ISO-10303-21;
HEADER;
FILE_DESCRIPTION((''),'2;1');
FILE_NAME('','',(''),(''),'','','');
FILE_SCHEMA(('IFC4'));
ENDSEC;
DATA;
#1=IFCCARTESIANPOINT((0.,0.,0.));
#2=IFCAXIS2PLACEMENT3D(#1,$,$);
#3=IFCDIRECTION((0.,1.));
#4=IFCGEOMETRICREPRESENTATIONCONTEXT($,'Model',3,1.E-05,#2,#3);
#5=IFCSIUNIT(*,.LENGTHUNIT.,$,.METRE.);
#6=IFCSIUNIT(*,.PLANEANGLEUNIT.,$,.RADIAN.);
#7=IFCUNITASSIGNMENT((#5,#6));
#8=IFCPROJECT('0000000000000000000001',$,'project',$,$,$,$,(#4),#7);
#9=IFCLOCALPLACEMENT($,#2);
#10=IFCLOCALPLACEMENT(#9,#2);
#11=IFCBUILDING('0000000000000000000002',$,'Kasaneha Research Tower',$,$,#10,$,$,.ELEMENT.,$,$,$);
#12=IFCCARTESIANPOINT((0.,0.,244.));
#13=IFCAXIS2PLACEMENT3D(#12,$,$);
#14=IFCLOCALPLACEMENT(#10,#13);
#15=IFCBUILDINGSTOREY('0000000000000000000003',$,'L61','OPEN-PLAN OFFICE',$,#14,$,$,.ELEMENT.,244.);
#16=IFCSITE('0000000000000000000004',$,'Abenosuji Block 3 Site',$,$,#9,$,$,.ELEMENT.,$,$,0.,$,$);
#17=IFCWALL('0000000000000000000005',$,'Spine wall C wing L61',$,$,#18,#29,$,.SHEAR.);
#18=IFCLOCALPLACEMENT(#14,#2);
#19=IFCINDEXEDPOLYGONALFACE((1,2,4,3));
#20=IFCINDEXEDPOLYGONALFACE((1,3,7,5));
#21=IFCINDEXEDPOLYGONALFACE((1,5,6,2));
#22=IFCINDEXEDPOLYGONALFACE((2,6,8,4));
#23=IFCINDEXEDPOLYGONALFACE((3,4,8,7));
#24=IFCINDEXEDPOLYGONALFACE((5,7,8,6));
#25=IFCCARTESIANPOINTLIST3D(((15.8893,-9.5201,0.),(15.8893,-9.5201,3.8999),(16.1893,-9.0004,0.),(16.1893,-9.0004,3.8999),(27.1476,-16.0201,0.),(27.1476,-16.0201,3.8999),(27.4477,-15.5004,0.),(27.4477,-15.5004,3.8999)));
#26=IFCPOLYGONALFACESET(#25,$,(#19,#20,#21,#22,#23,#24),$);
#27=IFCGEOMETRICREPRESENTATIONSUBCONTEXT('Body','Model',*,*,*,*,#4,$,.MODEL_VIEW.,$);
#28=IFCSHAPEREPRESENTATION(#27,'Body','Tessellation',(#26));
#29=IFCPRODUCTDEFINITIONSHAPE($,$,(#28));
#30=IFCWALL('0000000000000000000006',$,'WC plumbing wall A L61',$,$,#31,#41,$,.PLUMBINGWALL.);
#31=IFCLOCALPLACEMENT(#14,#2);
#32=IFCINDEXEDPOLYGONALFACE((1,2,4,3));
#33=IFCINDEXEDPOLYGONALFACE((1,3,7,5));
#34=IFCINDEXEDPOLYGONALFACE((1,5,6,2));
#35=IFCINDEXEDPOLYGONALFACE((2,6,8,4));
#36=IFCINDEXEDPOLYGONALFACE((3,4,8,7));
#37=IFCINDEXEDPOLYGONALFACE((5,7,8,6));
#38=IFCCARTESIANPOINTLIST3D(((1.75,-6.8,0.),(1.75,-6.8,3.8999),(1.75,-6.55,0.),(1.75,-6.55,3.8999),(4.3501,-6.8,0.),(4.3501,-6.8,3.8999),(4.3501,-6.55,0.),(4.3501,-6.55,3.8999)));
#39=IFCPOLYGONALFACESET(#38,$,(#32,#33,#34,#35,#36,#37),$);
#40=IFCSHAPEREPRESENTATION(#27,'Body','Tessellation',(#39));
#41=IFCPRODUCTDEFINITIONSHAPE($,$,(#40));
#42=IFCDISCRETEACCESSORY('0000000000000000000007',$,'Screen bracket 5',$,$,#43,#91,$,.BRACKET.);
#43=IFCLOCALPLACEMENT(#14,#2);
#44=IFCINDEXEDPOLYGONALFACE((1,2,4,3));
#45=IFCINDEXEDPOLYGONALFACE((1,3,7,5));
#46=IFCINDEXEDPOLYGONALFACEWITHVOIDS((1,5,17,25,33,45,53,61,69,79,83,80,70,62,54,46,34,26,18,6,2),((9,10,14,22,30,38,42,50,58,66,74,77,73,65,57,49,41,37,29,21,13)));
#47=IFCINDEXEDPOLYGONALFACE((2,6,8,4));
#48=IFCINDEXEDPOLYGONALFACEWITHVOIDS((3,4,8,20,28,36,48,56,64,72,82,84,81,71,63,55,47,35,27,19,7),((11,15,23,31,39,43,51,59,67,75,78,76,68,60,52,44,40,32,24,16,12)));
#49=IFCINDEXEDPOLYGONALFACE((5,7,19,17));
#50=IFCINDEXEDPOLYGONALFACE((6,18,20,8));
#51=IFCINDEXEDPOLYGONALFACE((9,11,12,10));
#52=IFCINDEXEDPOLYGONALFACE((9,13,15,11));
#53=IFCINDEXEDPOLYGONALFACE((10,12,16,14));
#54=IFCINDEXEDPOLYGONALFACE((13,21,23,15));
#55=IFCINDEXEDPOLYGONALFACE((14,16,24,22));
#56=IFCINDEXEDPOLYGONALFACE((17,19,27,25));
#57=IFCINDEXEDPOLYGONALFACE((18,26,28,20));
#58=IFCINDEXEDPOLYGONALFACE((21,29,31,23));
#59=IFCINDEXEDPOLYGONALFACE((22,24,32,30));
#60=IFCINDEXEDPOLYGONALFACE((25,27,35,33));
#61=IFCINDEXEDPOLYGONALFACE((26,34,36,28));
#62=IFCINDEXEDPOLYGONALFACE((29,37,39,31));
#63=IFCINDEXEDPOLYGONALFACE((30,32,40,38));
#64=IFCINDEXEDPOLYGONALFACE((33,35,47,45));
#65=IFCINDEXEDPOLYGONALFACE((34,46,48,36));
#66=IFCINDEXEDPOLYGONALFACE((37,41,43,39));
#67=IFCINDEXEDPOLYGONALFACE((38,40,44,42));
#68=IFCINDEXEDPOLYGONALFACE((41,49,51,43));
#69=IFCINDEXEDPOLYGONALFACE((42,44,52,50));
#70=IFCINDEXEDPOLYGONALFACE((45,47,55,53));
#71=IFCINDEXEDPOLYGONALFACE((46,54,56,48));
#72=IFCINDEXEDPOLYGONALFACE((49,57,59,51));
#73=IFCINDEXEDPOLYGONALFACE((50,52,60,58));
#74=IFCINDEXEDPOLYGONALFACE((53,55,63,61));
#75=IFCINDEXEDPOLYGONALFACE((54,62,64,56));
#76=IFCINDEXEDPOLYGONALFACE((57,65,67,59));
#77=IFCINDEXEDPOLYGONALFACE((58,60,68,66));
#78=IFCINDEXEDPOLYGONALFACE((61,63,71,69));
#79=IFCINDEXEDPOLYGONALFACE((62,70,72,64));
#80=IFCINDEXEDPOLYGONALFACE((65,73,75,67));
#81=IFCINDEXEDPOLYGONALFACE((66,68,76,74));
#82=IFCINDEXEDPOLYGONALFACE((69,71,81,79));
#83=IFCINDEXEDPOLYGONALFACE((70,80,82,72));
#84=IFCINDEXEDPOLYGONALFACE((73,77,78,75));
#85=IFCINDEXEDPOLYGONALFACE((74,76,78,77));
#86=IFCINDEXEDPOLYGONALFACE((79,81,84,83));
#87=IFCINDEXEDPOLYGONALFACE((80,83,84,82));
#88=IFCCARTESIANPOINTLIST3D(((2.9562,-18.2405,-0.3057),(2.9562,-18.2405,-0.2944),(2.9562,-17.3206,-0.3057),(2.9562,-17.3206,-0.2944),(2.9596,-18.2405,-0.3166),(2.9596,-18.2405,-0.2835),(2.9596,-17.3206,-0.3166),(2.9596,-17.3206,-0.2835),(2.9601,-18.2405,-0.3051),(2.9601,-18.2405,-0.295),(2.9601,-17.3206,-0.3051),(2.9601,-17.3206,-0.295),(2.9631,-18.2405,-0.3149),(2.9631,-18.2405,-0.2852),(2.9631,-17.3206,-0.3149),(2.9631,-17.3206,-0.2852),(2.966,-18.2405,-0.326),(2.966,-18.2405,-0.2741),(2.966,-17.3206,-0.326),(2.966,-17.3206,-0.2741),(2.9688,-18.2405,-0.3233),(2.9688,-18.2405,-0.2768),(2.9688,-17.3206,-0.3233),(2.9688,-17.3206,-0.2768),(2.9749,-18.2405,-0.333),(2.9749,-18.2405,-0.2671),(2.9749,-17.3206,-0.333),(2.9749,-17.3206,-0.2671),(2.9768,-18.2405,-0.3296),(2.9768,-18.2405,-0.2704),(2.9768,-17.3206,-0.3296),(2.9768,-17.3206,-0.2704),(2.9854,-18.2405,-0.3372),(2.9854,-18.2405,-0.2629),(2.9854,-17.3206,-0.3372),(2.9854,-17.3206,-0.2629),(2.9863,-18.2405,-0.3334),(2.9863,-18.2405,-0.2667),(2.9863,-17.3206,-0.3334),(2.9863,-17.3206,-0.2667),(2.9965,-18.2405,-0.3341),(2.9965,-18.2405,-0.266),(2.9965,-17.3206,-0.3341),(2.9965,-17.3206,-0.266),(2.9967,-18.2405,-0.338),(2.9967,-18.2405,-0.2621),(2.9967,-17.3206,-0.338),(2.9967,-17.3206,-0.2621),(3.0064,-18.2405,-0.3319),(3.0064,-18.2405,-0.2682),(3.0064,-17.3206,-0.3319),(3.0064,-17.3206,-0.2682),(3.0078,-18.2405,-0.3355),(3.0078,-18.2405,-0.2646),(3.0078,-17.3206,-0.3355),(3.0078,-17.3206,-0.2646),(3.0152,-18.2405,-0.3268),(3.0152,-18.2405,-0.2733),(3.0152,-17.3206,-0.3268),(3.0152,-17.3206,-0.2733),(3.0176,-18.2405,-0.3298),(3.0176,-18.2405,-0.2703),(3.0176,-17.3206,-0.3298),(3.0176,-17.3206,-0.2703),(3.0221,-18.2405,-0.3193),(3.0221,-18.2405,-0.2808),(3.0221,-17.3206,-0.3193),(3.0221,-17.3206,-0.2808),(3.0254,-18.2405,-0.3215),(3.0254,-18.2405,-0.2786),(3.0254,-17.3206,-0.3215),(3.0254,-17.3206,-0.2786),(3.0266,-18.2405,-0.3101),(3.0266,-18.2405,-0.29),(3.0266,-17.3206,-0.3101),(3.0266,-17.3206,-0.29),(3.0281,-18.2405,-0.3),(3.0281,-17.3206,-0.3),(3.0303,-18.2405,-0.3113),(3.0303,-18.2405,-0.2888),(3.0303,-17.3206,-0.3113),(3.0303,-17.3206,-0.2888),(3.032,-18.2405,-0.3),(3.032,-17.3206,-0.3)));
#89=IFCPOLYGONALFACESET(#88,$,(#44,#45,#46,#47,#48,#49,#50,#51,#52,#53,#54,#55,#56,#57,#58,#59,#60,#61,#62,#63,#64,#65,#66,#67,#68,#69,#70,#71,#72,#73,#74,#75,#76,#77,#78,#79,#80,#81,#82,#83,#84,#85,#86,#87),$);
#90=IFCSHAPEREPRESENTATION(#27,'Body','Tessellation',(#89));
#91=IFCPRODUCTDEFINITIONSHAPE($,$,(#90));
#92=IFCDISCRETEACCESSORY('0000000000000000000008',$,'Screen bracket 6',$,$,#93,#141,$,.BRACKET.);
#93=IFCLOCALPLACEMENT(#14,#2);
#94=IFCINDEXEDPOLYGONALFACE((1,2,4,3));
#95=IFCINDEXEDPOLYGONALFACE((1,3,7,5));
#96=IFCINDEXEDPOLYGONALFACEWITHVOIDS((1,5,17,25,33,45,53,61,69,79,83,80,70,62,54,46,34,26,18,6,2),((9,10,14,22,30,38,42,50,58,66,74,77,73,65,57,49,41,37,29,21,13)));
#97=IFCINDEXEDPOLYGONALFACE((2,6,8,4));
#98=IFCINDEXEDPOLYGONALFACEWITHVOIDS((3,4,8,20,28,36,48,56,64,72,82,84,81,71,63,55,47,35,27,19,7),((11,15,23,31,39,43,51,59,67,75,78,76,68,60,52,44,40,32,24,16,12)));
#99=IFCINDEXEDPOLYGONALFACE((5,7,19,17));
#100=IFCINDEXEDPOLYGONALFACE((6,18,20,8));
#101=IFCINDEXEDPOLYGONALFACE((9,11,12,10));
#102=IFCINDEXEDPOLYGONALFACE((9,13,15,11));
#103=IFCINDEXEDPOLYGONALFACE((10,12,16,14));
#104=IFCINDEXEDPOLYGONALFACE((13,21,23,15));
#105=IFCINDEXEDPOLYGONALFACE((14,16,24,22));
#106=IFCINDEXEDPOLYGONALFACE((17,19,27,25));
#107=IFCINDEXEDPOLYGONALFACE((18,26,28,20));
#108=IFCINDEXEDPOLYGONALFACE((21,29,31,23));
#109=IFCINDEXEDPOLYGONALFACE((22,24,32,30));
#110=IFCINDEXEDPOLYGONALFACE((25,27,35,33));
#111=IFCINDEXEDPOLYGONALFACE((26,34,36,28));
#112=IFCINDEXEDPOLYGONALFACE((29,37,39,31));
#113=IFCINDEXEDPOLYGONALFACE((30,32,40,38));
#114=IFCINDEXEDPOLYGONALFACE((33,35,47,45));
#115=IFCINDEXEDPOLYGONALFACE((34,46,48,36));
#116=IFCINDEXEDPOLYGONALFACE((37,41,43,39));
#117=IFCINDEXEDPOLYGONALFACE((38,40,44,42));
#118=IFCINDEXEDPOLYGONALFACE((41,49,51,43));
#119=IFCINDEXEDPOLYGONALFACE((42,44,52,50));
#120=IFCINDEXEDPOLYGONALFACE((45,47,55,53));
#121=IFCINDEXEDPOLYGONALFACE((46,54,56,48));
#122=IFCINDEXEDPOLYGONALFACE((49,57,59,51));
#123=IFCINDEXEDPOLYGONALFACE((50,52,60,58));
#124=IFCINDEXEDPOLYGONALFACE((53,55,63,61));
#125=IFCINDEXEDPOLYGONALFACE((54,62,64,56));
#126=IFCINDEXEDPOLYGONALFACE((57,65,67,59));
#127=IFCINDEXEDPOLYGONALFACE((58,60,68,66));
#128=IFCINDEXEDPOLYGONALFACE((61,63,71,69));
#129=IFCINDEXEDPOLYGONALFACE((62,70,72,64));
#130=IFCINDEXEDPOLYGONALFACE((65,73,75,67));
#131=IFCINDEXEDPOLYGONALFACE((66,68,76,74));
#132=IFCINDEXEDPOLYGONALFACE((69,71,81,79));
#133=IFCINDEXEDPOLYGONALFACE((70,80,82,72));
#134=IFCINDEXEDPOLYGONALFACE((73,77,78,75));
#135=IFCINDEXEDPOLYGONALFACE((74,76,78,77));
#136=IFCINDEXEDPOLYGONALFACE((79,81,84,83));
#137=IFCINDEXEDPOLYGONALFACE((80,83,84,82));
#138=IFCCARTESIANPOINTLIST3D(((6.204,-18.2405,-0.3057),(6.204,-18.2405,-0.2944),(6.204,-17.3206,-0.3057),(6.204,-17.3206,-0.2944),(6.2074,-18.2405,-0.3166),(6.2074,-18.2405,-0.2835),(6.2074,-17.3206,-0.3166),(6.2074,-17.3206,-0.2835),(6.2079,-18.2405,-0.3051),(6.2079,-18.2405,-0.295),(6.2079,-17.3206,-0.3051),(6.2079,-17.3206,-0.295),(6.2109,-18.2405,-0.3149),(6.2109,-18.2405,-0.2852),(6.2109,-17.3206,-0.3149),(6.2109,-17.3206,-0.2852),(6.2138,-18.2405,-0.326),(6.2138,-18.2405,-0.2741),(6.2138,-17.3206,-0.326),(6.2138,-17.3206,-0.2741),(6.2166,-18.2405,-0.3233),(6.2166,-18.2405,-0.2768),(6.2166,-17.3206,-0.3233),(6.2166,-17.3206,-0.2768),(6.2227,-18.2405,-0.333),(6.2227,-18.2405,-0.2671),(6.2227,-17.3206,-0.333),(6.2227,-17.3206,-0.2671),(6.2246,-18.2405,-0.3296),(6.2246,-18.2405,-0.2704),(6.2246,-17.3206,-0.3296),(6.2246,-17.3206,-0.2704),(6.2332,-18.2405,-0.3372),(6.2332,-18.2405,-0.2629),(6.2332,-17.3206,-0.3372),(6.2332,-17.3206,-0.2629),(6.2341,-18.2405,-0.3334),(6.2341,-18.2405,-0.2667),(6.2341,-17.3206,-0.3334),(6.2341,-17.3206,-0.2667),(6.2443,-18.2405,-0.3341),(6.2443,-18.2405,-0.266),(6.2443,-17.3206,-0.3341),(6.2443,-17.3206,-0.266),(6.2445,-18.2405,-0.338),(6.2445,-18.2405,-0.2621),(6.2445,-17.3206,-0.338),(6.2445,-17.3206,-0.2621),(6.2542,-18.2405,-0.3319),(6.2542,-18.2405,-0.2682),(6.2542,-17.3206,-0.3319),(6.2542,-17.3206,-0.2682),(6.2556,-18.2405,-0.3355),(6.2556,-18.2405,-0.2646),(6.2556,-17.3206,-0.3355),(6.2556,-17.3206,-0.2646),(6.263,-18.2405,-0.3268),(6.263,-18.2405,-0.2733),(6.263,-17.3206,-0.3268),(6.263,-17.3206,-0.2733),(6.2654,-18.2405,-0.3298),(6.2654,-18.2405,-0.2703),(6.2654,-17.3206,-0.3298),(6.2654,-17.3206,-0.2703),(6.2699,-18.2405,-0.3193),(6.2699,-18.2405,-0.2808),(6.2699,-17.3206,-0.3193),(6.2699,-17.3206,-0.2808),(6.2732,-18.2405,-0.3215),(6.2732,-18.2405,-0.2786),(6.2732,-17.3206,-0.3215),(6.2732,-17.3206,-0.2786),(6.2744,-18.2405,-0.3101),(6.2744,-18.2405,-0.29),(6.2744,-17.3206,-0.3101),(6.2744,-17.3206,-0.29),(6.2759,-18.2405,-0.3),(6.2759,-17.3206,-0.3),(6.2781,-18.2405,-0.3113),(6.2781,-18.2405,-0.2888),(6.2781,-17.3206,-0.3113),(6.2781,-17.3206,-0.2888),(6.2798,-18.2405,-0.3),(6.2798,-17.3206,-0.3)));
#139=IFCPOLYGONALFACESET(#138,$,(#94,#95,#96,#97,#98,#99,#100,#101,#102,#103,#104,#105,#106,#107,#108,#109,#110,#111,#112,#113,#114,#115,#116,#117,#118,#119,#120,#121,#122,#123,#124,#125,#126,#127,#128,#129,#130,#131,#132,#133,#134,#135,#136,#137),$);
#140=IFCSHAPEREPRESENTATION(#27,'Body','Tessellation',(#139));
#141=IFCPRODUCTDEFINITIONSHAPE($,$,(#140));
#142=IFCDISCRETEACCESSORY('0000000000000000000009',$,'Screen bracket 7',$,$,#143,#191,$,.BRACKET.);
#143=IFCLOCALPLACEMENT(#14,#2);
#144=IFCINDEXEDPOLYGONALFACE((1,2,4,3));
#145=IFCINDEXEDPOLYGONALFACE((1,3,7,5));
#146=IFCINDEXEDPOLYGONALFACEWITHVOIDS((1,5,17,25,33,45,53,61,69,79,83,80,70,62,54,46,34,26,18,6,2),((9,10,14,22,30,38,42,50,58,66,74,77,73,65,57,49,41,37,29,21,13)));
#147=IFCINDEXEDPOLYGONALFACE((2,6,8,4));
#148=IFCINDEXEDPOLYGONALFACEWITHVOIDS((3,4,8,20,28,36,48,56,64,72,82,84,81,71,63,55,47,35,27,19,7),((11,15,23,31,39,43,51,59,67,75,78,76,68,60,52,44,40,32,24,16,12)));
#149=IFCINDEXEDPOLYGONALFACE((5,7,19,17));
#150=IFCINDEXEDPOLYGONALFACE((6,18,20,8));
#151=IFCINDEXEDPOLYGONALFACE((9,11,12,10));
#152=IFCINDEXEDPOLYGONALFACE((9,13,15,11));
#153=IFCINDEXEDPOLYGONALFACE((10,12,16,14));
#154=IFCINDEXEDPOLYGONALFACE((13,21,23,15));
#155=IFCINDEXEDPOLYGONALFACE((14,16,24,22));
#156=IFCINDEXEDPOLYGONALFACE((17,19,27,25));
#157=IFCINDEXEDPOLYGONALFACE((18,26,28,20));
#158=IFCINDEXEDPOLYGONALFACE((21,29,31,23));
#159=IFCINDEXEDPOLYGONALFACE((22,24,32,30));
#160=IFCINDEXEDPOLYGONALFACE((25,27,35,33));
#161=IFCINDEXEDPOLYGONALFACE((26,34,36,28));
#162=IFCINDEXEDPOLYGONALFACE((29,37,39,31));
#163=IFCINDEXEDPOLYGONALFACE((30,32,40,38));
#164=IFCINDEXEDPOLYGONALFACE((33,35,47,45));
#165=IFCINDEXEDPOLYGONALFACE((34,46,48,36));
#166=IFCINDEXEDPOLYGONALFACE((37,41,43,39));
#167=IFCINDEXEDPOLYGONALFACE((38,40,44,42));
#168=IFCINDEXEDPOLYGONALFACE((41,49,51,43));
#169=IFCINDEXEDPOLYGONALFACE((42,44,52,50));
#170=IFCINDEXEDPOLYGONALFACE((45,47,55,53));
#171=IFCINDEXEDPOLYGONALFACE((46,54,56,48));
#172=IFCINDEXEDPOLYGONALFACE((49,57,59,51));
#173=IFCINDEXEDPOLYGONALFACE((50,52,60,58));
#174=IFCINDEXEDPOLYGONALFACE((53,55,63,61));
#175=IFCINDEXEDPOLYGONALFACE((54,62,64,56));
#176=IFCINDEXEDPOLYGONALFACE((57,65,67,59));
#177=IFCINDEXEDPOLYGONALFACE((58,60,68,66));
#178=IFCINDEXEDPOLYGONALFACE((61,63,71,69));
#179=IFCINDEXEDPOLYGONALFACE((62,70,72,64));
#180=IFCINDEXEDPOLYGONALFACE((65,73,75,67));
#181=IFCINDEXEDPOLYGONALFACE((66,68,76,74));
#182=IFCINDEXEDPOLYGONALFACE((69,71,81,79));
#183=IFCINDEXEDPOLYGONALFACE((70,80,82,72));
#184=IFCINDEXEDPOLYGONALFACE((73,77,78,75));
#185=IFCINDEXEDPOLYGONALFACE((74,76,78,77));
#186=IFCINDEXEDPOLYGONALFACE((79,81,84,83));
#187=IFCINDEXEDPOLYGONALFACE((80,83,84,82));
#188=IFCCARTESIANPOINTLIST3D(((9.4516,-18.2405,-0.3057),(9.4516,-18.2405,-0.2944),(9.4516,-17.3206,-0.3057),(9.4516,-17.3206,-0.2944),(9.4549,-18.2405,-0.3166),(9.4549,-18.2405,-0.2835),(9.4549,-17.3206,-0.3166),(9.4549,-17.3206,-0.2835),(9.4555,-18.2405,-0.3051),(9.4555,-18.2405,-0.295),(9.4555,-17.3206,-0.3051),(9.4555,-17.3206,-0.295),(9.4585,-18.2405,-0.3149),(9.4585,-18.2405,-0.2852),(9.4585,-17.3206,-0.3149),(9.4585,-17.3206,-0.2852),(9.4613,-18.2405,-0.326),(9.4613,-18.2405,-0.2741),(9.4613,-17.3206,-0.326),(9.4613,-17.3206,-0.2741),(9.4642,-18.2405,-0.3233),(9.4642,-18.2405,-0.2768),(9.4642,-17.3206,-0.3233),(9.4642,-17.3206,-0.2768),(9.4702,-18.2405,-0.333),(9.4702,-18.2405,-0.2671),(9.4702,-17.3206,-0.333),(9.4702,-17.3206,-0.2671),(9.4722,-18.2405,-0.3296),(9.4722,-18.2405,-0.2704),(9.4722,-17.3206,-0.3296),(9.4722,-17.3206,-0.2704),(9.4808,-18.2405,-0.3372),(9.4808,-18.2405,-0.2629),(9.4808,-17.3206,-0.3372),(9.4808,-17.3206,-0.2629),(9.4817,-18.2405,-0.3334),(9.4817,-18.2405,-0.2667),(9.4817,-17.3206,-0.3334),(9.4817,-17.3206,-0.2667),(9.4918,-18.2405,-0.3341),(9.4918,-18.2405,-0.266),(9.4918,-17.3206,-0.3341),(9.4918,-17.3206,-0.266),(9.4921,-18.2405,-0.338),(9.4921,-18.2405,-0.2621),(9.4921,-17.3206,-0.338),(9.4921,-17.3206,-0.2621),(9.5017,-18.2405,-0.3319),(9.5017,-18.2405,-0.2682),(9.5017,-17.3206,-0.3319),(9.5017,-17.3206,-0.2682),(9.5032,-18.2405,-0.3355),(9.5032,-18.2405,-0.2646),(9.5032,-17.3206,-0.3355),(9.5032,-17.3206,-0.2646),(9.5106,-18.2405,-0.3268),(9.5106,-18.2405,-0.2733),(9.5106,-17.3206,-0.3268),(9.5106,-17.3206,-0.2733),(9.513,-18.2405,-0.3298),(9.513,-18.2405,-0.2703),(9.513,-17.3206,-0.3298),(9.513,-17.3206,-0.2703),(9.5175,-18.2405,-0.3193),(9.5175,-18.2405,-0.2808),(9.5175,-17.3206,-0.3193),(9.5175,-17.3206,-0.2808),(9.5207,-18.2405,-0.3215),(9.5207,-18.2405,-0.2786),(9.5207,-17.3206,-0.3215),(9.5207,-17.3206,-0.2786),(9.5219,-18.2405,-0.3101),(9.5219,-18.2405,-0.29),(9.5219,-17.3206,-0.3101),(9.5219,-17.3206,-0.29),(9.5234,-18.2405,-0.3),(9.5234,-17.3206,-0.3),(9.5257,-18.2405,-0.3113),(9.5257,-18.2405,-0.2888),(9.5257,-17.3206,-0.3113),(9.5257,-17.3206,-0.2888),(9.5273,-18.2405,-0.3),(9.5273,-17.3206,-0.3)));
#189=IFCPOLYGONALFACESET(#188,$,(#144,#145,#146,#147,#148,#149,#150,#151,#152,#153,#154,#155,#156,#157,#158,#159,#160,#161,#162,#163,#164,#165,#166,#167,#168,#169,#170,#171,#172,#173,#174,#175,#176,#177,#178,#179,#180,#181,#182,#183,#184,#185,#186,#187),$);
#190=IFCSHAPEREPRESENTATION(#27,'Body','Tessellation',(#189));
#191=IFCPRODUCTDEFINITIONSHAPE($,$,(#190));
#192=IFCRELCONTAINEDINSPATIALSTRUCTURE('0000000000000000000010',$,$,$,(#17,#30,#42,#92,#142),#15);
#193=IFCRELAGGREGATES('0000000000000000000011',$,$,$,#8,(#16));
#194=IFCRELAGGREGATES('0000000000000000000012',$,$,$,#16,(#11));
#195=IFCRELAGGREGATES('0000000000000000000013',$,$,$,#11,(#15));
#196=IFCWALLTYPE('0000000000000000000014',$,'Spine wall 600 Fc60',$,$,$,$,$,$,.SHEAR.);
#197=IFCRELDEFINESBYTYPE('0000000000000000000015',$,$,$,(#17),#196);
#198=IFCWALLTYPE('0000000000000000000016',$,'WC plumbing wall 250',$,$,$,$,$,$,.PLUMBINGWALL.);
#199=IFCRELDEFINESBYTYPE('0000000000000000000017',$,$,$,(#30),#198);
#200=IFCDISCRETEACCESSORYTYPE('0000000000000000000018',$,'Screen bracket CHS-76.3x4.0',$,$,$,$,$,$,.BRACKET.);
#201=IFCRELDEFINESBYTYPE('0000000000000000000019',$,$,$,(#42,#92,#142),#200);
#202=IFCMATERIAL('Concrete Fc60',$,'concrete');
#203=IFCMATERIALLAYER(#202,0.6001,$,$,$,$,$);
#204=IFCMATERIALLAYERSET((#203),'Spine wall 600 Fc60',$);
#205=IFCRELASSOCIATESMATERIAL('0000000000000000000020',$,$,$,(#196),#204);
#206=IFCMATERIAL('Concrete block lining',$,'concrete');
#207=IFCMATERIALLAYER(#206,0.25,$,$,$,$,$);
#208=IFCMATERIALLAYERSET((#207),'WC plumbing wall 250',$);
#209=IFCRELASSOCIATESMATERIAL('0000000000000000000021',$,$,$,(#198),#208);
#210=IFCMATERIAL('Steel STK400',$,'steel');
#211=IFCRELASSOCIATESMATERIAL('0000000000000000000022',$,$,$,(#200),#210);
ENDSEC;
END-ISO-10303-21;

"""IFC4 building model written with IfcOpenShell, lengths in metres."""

from ifc_helpers import new_model, si_unit, direction, frame, frame_2d, origin, origin_2d, place, context, subcontext, project, spatial, rectangle, hollow_circle, extrude, material, layer, layer_set, material_profile, profile_set, type_object, element, save


model = new_model("IFC4")

# Units and contexts
model_context = context("Model", 3, precision=1e-05, world=origin(), true_north=direction((0.0, 1.0)))
body_context = subcontext(model_context, "Body", "Model", "MODEL_VIEW")
ifc_project = project(units=[si_unit("LENGTHUNIT", "METRE"), si_unit("PLANEANGLEUNIT", "RADIAN")], contexts=[model_context])

# Site, building, storey
site_placement = place(None, origin())
site = spatial("IfcSite", under=ifc_project, at=site_placement, Name="Abenosuji Block 3 Site", CompositionType="ELEMENT", RefElevation=0.0)
building_placement = place(site_placement, origin())
building = spatial("IfcBuilding", under=site, at=building_placement, Name="Kasaneha Research Tower", CompositionType="ELEMENT")
storey_placement = place(building_placement, frame((0.0, 0.0, 244.0)))
storey = spatial("IfcBuildingStorey", under=building, at=storey_placement, Name="L61", Description="OPEN-PLAN OFFICE", CompositionType="ELEMENT", Elevation=244.0)

# Shared definitions
ifc_material_1 = material(Name="Concrete Fc60", Category="concrete")
ifc_layer_1 = layer(ifc_material_1, 0.6001)
ifc_layer_set_1 = layer_set([ifc_layer_1], Name="Spine wall 600 Fc60")
wall_type_1 = type_object("IfcWallType", Name="Spine wall 600 Fc60", PredefinedType="SHEAR", material=ifc_layer_set_1)

# Walls
wall_1_placement = place(storey_placement, frame((16.0393, -9.2603, 0.0), z_axis=(0.0, 0.0, 1.0), x_axis=(0.866025, -0.500001, 0.0)))
element("IfcWall", 1, at=wall_1_placement, inside=storey, type_object=wall_type_1, Name="Spine wall C wing L61", PredefinedType="SHEAR", context=body_context, shape_type="SweptSolid", body=[
    extrude(rectangle(XDim=13.0, YDim=0.6001, at=frame_2d((6.5, 0.0))), origin(), (0.0, 0.0, 1.0), 3.8999),
])
ifc_material_2 = material(Name="Concrete block lining", Category="concrete")
ifc_layer_2 = layer(ifc_material_2, 0.25)
ifc_layer_set_2 = layer_set([ifc_layer_2], Name="WC plumbing wall 250")
wall_type_2 = type_object("IfcWallType", Name="WC plumbing wall 250", PredefinedType="PLUMBINGWALL", material=ifc_layer_set_2)
wall_2_placement = place(storey_placement, frame((1.75, -6.675, 0.0), z_axis=(0.0, 0.0, 1.0), x_axis=(1.0, 0.0, 0.0)))
element("IfcWall", 2, at=wall_2_placement, inside=storey, type_object=wall_type_2, Name="WC plumbing wall A L61", PredefinedType="PLUMBINGWALL", context=body_context, shape_type="SweptSolid", body=[
    extrude(rectangle(XDim=2.6001, YDim=0.25, at=frame_2d((1.3, 0.0))), origin(), (0.0, 0.0, 1.0), 3.8999),
])

# Discrete accessories
ifc_material_3 = material(Name="Steel STK400", Category="steel")
ifc_material_profile_1 = material_profile(ifc_material_3, hollow_circle(Radius=0.0381, WallThickness=0.0039, at=origin_2d()), Name="CHS-76.3x4.0")
ifc_profile_set_1 = profile_set([ifc_material_profile_1], Name="Steel STK400")
discrete_accessory_type = type_object("IfcDiscreteAccessoryType", Name="Screen bracket CHS-76.3x4.0", PredefinedType="BRACKET", material=ifc_profile_set_1)
for number, where, z_axis, x_axis, name in (
    (3, (2.9939, -17.3206, -0.3), (0.0, -1.0, 0.0), (1.0, 0.0, 0.0), "Screen bracket 5"),
    (4, (6.2417, -17.3206, -0.3), (0.0, -1.0, 0.0), (1.0, 0.0, 0.0), "Screen bracket 6"),
    (5, (9.4893, -17.3206, -0.3), (0.0, -1.0, 0.0), (1.0, 0.0, 0.0), "Screen bracket 7"),
):
    element("IfcDiscreteAccessory", number, at=place(storey_placement, frame(where, z_axis=z_axis, x_axis=x_axis)), inside=storey, type_object=discrete_accessory_type, Name=name, PredefinedType="BRACKET", context=body_context, shape_type="SweptSolid", body=[
        extrude(hollow_circle(Radius=0.0381, WallThickness=0.0039, at=origin_2d()), origin(), (0.0, 0.0, 1.0), 0.9199),
    ])

save(model, "model.ifc")
